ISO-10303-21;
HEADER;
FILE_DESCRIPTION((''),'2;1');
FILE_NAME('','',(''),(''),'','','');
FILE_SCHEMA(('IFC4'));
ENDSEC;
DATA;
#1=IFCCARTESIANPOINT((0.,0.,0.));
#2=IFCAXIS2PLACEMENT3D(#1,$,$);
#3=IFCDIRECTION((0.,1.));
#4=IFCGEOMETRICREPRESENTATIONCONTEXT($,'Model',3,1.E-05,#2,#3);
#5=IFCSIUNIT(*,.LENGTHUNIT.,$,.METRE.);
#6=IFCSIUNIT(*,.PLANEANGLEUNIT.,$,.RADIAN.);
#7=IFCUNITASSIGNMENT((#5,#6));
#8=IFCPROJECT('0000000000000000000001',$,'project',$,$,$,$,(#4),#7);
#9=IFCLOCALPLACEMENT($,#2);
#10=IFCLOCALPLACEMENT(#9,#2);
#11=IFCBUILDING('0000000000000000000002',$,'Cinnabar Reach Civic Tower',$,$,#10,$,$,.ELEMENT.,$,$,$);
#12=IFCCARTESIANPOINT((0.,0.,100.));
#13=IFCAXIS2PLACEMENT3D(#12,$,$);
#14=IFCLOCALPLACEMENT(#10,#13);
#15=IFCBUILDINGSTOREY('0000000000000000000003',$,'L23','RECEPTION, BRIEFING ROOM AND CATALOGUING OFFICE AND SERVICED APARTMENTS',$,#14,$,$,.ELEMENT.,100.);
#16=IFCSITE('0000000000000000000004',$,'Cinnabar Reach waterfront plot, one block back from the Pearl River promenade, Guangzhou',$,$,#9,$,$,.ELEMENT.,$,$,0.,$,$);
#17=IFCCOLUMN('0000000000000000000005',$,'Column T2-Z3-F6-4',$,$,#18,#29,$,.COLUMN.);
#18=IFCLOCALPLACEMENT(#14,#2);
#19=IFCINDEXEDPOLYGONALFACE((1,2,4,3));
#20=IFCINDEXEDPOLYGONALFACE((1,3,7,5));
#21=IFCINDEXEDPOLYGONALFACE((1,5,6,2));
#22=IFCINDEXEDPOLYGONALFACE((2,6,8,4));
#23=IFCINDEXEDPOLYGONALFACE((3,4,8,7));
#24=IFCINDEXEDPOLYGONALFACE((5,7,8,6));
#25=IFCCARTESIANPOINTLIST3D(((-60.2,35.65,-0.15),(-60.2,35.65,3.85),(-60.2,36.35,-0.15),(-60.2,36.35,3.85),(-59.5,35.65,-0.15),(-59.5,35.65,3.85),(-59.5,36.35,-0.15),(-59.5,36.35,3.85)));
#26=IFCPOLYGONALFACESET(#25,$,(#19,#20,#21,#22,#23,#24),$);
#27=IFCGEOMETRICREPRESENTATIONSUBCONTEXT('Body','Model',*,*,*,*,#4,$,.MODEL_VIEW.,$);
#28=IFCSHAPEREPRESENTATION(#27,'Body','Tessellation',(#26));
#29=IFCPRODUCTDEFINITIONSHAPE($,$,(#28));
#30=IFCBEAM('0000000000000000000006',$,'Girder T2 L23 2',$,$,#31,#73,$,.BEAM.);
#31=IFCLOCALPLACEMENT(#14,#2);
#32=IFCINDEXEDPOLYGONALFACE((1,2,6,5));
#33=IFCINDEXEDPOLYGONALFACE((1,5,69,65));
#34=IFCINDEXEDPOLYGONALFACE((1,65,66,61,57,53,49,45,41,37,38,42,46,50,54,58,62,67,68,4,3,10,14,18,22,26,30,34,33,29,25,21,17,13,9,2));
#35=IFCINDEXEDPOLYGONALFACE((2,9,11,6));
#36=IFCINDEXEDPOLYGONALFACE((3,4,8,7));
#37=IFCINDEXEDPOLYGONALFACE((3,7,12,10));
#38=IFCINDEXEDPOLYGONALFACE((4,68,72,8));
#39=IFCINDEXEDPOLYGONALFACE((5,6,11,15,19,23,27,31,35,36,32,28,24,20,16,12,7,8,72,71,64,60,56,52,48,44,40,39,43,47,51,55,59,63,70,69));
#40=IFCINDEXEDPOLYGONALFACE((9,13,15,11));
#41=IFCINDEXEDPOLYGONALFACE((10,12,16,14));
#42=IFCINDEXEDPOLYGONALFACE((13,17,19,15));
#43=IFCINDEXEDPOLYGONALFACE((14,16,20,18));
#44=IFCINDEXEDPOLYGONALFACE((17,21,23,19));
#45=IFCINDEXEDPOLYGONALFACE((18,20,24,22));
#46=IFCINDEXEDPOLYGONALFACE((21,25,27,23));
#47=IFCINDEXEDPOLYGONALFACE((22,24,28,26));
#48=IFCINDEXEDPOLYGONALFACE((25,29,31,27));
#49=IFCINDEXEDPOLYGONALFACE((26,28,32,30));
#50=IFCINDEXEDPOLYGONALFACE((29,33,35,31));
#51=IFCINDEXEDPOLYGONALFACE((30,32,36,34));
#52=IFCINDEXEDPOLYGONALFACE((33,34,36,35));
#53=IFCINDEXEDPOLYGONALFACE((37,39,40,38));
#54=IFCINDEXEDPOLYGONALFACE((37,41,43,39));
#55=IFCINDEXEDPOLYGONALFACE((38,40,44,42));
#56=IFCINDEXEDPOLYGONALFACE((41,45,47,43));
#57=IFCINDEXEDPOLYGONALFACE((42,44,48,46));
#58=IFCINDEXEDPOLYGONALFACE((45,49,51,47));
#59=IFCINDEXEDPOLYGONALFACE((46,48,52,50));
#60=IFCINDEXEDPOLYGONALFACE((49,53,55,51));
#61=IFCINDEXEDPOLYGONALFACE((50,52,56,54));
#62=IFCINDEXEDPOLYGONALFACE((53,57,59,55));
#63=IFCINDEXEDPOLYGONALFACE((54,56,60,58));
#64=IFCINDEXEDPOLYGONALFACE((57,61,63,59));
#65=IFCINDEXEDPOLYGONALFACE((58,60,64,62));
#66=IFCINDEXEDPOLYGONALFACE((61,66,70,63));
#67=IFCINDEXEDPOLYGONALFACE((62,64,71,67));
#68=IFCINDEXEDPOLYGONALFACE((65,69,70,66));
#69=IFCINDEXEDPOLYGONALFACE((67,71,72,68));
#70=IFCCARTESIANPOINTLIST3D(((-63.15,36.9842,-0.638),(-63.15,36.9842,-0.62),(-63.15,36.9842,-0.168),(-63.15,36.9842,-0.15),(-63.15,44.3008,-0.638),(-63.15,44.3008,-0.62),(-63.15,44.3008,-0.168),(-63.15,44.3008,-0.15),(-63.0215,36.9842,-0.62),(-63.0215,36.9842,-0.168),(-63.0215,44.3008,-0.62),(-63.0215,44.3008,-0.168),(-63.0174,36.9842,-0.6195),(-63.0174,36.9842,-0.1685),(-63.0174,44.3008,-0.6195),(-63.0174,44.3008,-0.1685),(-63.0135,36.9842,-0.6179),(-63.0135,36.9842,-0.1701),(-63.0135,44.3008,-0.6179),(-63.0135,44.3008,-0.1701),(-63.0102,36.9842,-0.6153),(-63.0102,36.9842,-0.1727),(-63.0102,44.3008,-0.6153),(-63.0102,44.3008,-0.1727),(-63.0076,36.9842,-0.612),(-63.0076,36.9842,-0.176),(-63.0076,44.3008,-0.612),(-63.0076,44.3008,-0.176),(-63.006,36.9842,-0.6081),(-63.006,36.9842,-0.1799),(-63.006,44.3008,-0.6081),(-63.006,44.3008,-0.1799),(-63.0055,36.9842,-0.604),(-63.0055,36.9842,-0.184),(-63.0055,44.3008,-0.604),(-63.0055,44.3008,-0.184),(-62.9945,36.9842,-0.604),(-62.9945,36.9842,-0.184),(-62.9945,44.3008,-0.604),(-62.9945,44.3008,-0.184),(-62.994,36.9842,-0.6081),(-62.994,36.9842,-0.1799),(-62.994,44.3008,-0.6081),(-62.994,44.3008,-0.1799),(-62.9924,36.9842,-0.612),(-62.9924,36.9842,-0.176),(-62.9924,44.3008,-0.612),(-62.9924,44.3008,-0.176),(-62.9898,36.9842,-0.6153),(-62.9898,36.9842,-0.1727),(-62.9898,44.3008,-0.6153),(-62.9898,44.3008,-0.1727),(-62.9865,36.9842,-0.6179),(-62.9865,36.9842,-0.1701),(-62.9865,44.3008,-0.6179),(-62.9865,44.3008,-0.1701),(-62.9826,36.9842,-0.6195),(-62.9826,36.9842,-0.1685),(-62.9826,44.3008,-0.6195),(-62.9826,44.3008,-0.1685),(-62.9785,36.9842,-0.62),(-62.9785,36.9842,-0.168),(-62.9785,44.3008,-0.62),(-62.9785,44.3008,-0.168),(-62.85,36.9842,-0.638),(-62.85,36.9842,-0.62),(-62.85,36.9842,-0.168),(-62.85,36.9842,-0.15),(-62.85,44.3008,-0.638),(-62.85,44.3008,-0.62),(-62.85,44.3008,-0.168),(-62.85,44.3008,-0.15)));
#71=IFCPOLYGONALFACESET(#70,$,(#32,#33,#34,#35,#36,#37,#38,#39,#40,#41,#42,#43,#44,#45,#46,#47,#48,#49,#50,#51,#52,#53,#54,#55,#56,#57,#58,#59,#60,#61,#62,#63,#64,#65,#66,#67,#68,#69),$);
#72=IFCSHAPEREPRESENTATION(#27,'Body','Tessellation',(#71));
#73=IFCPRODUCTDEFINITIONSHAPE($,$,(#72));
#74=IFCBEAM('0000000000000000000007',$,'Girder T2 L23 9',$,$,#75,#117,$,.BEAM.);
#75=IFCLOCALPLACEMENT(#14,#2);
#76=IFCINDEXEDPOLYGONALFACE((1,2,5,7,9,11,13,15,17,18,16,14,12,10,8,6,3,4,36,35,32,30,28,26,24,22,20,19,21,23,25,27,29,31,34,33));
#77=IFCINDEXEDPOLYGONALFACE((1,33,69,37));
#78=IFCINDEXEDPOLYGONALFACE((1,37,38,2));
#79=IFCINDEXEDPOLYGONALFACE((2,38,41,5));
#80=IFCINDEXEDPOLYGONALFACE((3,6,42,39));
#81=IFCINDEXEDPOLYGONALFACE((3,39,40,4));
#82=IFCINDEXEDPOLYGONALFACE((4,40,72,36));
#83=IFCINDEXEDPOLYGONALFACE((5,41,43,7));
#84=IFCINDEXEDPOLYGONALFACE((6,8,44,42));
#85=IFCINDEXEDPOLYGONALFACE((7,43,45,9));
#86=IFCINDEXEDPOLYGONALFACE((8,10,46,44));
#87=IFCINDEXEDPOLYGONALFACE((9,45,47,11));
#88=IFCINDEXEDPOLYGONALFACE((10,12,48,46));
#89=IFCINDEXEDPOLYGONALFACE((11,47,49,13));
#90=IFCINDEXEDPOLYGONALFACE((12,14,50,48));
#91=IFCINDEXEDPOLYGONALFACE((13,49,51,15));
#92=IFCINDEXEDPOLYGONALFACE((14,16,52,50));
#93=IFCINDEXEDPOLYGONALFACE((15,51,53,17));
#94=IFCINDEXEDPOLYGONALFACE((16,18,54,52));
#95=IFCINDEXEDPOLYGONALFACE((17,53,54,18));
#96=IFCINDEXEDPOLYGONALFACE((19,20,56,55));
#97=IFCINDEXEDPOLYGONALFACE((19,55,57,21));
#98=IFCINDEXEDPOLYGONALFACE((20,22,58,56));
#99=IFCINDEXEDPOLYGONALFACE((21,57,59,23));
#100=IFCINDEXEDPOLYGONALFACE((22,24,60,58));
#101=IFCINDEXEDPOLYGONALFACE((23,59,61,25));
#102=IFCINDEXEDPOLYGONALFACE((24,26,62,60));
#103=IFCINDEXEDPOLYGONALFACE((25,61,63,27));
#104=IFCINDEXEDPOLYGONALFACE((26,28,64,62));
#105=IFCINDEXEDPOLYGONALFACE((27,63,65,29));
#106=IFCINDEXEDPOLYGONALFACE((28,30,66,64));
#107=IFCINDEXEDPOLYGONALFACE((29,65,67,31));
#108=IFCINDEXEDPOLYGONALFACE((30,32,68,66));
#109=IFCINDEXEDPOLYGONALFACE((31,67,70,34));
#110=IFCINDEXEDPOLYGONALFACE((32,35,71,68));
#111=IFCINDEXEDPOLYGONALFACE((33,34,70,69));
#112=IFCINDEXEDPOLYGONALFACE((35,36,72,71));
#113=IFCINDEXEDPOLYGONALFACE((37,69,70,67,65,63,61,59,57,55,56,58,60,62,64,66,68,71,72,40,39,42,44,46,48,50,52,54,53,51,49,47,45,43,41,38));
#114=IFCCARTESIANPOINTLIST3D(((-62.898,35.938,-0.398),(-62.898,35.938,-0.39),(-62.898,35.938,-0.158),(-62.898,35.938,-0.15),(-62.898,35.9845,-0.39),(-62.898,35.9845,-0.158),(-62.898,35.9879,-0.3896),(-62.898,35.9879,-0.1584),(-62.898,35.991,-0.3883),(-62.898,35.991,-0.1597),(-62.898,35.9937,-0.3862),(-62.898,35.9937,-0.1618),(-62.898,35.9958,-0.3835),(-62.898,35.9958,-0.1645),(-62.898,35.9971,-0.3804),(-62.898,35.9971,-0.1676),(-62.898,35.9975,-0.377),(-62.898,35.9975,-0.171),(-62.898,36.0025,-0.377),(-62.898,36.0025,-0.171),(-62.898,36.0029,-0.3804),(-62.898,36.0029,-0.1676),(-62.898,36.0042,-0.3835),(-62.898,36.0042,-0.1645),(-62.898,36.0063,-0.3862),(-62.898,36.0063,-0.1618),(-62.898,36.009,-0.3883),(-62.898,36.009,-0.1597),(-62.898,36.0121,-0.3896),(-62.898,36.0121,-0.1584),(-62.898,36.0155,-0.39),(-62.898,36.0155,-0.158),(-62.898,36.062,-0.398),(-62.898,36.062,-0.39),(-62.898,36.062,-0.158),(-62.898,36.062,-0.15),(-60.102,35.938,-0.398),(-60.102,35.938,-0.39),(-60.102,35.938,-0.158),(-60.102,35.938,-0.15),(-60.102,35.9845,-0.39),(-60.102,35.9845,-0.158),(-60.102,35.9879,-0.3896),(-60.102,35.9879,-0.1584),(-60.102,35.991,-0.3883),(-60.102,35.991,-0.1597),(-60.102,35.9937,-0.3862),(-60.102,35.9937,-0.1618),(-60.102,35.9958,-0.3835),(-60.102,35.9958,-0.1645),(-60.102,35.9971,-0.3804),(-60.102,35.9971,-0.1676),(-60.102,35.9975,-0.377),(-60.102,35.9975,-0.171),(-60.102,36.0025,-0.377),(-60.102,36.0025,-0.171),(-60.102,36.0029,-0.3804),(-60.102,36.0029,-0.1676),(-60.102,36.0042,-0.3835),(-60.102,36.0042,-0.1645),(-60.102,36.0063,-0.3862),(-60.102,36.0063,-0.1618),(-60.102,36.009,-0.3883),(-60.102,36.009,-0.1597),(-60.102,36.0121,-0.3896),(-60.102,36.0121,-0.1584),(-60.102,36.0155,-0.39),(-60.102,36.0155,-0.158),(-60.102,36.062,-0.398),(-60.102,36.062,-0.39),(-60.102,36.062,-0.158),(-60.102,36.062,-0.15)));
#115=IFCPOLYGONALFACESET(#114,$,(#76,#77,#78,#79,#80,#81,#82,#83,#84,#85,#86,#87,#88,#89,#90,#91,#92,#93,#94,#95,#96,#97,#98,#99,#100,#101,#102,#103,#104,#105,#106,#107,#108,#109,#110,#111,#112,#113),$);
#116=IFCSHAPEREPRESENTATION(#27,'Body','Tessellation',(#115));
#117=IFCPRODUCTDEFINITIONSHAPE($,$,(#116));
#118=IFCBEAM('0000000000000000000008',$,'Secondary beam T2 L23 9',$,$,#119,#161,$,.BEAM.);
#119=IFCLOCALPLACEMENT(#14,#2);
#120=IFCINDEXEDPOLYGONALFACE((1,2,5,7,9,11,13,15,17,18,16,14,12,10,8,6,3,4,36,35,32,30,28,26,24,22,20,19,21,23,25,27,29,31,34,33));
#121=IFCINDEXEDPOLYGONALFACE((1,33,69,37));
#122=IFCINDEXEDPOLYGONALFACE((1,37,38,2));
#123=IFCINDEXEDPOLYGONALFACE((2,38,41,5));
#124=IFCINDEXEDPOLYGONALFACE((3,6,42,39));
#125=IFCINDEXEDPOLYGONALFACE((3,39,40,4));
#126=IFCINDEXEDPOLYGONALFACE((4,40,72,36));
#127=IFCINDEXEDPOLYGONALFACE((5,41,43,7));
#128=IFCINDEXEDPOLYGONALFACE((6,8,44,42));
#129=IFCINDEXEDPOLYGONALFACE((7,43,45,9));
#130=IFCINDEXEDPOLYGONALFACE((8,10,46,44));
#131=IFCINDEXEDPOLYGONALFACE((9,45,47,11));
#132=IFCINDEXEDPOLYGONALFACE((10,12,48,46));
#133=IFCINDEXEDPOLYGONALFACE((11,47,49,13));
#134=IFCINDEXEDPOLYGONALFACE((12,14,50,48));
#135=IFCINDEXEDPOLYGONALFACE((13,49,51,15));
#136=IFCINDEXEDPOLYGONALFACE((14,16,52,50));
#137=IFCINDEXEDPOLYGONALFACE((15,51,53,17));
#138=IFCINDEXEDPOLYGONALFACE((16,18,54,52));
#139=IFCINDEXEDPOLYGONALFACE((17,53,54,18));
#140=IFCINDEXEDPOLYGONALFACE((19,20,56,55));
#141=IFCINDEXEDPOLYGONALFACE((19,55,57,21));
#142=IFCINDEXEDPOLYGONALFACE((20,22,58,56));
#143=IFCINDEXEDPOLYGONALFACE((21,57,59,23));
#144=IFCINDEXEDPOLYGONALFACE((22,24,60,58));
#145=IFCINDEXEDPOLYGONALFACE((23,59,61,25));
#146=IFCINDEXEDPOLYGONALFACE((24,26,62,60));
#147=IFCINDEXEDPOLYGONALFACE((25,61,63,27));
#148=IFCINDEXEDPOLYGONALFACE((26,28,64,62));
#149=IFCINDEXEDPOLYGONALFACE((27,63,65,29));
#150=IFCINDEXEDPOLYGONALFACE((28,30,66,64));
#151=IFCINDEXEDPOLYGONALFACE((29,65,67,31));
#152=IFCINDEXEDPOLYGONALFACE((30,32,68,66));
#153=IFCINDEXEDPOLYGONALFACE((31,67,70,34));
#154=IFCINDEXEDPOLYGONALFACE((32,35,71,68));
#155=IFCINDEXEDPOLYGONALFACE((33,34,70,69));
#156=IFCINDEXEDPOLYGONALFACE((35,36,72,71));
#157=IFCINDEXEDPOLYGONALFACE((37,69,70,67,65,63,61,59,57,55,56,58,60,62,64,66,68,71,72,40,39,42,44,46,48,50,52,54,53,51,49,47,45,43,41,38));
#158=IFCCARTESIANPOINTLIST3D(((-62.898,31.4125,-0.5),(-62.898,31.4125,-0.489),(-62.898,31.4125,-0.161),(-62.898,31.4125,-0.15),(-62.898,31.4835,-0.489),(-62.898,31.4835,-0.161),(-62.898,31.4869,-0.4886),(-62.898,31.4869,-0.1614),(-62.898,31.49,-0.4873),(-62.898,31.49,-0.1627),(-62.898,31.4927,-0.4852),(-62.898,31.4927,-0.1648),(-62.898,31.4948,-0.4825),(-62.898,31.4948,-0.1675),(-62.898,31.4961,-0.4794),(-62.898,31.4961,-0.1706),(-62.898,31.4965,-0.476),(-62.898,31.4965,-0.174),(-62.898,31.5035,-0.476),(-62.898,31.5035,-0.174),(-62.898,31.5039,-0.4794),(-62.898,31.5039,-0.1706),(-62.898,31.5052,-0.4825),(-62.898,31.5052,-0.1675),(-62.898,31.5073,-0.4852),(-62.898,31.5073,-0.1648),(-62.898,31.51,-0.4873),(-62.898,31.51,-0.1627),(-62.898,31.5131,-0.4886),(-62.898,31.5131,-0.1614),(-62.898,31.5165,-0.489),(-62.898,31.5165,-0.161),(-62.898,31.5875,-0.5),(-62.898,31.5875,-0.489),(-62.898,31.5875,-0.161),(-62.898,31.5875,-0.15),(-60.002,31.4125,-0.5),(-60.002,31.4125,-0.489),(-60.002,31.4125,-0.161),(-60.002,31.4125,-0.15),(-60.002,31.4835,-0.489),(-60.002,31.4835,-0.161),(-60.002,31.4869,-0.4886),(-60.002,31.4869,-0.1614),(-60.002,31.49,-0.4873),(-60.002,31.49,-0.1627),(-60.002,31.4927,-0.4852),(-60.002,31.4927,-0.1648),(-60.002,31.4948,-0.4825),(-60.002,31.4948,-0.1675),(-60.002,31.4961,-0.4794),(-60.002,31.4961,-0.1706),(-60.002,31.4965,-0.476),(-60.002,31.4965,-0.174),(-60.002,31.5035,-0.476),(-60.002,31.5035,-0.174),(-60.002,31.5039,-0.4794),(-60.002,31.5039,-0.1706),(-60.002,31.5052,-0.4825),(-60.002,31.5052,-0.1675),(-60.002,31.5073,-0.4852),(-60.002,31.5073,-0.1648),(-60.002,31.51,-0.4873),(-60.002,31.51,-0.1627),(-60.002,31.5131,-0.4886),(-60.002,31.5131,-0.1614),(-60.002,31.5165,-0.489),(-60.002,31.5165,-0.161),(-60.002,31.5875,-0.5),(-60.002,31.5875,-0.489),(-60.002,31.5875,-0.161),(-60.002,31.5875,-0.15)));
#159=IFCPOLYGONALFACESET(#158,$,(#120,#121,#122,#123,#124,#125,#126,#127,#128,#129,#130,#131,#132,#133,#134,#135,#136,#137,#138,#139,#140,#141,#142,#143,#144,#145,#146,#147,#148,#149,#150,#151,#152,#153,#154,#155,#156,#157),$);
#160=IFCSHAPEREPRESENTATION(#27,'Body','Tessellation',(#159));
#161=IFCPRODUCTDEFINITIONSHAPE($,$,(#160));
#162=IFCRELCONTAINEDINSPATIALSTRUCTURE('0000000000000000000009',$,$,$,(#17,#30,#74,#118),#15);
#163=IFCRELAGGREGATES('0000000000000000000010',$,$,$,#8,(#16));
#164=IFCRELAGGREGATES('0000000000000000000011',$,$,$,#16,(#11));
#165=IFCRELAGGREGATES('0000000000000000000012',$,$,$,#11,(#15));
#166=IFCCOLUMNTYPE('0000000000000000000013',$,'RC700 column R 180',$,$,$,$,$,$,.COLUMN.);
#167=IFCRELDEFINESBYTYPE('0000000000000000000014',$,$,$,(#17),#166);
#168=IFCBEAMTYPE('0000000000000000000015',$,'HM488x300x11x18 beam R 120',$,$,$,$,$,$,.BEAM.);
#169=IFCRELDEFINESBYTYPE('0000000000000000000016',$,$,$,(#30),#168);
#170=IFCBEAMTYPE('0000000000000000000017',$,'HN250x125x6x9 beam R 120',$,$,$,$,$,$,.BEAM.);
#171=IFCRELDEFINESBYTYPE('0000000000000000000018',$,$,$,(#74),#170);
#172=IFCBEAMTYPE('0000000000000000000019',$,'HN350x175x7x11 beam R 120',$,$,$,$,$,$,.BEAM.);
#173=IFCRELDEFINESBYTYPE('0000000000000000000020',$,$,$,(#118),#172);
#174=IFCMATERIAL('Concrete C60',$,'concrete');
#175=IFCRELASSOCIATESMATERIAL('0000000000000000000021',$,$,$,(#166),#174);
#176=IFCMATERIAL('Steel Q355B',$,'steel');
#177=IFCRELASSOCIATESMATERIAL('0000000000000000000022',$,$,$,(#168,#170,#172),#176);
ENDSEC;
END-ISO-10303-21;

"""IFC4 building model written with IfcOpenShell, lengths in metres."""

from ifc_helpers import new_model, si_unit, direction, frame, origin, origin_2d, place, context, subcontext, project, spatial, rectangle, i_section, extrude, material, material_profile, profile_set, type_object, element, save


model = new_model("IFC4")

# Units and contexts
model_context = context("Model", 3, precision=1e-05, world=origin(), true_north=direction((0.0, 1.0)))
body_context = subcontext(model_context, "Body", "Model", "MODEL_VIEW")
ifc_project = project(units=[si_unit("LENGTHUNIT", "METRE"), si_unit("PLANEANGLEUNIT", "RADIAN")], contexts=[model_context])

# Site, building, storey
site_placement = place(None, origin())
site = spatial("IfcSite", under=ifc_project, at=site_placement, Name="Cinnabar Reach waterfront plot, one block back from the Pearl River promenade, Guangzhou", CompositionType="ELEMENT", RefElevation=0.0)
building_placement = place(site_placement, origin())
building = spatial("IfcBuilding", under=site, at=building_placement, Name="Cinnabar Reach Civic Tower", CompositionType="ELEMENT")
storey_placement = place(building_placement, frame((0.0, 0.0, 100.0)))
storey = spatial("IfcBuildingStorey", under=building, at=storey_placement, Name="L23", Description="RECEPTION, BRIEFING ROOM AND CATALOGUING OFFICE AND SERVICED APARTMENTS", CompositionType="ELEMENT", Elevation=100.0)

# Column
ifc_material_1 = material(Name="Concrete C60", Category="concrete")
ifc_material_profile_1 = material_profile(ifc_material_1, rectangle(XDim=0.7, YDim=0.7, at=origin_2d()), Name="RC700")
ifc_profile_set_1 = profile_set([ifc_material_profile_1], Name="Concrete C60")
column_type = type_object("IfcColumnType", Name="RC700 column R 180", PredefinedType="COLUMN", material=ifc_profile_set_1)
column_placement = place(storey_placement, frame((-59.85, 36.0, -0.15), z_axis=(0.0, 0.0, 1.0), x_axis=(1.0, 0.0, 0.0)))
element("IfcColumn", 1, at=column_placement, inside=storey, type_object=column_type, Name="Column T2-Z3-F6-4", PredefinedType="COLUMN", context=body_context, shape_type="SweptSolid", body=[
    extrude(rectangle(XDim=0.7, YDim=0.7, at=origin_2d()), origin(), (0.0, 0.0, 1.0), 4.0),
])

# Beams
ifc_material_2 = material(Name="Steel Q355B", Category="steel")
ifc_material_profile_2 = material_profile(ifc_material_2, i_section(OverallWidth=0.3, OverallDepth=0.488, WebThickness=0.011, FlangeThickness=0.018, FilletRadius=0.016, at=origin_2d()), Name="HM488x300x11x18")
ifc_profile_set_2 = profile_set([ifc_material_profile_2], Name="Steel Q355B")
beam_type_1 = type_object("IfcBeamType", Name="HM488x300x11x18 beam R 120", PredefinedType="BEAM", material=ifc_profile_set_2)
beam_1_placement = place(storey_placement, frame((-63.0, 36.9842, -0.394), z_axis=(0.0, 1.0, 0.0), x_axis=(-1.0, 0.0, 0.0)))
element("IfcBeam", 2, at=beam_1_placement, inside=storey, type_object=beam_type_1, Name="Girder T2 L23 2", PredefinedType="BEAM", context=body_context, shape_type="SweptSolid", body=[
    extrude(i_section(OverallWidth=0.3, OverallDepth=0.488, WebThickness=0.011, FlangeThickness=0.018, FilletRadius=0.016, at=origin_2d()), origin(), (0.0, 0.0, 1.0), 7.3166),
])
ifc_material_profile_3 = material_profile(ifc_material_2, i_section(OverallWidth=0.124, OverallDepth=0.248, WebThickness=0.005, FlangeThickness=0.008, FilletRadius=0.013, at=origin_2d()), Name="HN250x125x6x9")
ifc_profile_set_3 = profile_set([ifc_material_profile_3], Name="Steel Q355B")
beam_type_2 = type_object("IfcBeamType", Name="HN250x125x6x9 beam R 120", PredefinedType="BEAM", material=ifc_profile_set_3)
beam_2_placement = place(storey_placement, frame((-62.898, 36.0, -0.274), z_axis=(1.0, 0.0, 0.0), x_axis=(0.0, 1.0, 0.0)))
element("IfcBeam", 3, at=beam_2_placement, inside=storey, type_object=beam_type_2, Name="Girder T2 L23 9", PredefinedType="BEAM", context=body_context, shape_type="SweptSolid", body=[
    extrude(i_section(OverallWidth=0.124, OverallDepth=0.248, WebThickness=0.005, FlangeThickness=0.008, FilletRadius=0.013, at=origin_2d()), origin(), (0.0, 0.0, 1.0), 2.796),
])
ifc_material_profile_4 = material_profile(ifc_material_2, i_section(OverallWidth=0.175, OverallDepth=0.35, WebThickness=0.007, FlangeThickness=0.011, FilletRadius=0.013, at=origin_2d()), Name="HN350x175x7x11")
ifc_profile_set_4 = profile_set([ifc_material_profile_4], Name="Steel Q355B")
beam_type_3 = type_object("IfcBeamType", Name="HN350x175x7x11 beam R 120", PredefinedType="BEAM", material=ifc_profile_set_4)
beam_3_placement = place(storey_placement, frame((-62.898, 31.5, -0.325), z_axis=(1.0, 0.0, 0.0), x_axis=(0.0, 1.0, 0.0)))
element("IfcBeam", 4, at=beam_3_placement, inside=storey, type_object=beam_type_3, Name="Secondary beam T2 L23 9", PredefinedType="BEAM", context=body_context, shape_type="SweptSolid", body=[
    extrude(i_section(OverallWidth=0.175, OverallDepth=0.35, WebThickness=0.007, FlangeThickness=0.011, FilletRadius=0.013, at=origin_2d()), origin(), (0.0, 0.0, 1.0), 2.896),
])

save(model, "model.ifc")
